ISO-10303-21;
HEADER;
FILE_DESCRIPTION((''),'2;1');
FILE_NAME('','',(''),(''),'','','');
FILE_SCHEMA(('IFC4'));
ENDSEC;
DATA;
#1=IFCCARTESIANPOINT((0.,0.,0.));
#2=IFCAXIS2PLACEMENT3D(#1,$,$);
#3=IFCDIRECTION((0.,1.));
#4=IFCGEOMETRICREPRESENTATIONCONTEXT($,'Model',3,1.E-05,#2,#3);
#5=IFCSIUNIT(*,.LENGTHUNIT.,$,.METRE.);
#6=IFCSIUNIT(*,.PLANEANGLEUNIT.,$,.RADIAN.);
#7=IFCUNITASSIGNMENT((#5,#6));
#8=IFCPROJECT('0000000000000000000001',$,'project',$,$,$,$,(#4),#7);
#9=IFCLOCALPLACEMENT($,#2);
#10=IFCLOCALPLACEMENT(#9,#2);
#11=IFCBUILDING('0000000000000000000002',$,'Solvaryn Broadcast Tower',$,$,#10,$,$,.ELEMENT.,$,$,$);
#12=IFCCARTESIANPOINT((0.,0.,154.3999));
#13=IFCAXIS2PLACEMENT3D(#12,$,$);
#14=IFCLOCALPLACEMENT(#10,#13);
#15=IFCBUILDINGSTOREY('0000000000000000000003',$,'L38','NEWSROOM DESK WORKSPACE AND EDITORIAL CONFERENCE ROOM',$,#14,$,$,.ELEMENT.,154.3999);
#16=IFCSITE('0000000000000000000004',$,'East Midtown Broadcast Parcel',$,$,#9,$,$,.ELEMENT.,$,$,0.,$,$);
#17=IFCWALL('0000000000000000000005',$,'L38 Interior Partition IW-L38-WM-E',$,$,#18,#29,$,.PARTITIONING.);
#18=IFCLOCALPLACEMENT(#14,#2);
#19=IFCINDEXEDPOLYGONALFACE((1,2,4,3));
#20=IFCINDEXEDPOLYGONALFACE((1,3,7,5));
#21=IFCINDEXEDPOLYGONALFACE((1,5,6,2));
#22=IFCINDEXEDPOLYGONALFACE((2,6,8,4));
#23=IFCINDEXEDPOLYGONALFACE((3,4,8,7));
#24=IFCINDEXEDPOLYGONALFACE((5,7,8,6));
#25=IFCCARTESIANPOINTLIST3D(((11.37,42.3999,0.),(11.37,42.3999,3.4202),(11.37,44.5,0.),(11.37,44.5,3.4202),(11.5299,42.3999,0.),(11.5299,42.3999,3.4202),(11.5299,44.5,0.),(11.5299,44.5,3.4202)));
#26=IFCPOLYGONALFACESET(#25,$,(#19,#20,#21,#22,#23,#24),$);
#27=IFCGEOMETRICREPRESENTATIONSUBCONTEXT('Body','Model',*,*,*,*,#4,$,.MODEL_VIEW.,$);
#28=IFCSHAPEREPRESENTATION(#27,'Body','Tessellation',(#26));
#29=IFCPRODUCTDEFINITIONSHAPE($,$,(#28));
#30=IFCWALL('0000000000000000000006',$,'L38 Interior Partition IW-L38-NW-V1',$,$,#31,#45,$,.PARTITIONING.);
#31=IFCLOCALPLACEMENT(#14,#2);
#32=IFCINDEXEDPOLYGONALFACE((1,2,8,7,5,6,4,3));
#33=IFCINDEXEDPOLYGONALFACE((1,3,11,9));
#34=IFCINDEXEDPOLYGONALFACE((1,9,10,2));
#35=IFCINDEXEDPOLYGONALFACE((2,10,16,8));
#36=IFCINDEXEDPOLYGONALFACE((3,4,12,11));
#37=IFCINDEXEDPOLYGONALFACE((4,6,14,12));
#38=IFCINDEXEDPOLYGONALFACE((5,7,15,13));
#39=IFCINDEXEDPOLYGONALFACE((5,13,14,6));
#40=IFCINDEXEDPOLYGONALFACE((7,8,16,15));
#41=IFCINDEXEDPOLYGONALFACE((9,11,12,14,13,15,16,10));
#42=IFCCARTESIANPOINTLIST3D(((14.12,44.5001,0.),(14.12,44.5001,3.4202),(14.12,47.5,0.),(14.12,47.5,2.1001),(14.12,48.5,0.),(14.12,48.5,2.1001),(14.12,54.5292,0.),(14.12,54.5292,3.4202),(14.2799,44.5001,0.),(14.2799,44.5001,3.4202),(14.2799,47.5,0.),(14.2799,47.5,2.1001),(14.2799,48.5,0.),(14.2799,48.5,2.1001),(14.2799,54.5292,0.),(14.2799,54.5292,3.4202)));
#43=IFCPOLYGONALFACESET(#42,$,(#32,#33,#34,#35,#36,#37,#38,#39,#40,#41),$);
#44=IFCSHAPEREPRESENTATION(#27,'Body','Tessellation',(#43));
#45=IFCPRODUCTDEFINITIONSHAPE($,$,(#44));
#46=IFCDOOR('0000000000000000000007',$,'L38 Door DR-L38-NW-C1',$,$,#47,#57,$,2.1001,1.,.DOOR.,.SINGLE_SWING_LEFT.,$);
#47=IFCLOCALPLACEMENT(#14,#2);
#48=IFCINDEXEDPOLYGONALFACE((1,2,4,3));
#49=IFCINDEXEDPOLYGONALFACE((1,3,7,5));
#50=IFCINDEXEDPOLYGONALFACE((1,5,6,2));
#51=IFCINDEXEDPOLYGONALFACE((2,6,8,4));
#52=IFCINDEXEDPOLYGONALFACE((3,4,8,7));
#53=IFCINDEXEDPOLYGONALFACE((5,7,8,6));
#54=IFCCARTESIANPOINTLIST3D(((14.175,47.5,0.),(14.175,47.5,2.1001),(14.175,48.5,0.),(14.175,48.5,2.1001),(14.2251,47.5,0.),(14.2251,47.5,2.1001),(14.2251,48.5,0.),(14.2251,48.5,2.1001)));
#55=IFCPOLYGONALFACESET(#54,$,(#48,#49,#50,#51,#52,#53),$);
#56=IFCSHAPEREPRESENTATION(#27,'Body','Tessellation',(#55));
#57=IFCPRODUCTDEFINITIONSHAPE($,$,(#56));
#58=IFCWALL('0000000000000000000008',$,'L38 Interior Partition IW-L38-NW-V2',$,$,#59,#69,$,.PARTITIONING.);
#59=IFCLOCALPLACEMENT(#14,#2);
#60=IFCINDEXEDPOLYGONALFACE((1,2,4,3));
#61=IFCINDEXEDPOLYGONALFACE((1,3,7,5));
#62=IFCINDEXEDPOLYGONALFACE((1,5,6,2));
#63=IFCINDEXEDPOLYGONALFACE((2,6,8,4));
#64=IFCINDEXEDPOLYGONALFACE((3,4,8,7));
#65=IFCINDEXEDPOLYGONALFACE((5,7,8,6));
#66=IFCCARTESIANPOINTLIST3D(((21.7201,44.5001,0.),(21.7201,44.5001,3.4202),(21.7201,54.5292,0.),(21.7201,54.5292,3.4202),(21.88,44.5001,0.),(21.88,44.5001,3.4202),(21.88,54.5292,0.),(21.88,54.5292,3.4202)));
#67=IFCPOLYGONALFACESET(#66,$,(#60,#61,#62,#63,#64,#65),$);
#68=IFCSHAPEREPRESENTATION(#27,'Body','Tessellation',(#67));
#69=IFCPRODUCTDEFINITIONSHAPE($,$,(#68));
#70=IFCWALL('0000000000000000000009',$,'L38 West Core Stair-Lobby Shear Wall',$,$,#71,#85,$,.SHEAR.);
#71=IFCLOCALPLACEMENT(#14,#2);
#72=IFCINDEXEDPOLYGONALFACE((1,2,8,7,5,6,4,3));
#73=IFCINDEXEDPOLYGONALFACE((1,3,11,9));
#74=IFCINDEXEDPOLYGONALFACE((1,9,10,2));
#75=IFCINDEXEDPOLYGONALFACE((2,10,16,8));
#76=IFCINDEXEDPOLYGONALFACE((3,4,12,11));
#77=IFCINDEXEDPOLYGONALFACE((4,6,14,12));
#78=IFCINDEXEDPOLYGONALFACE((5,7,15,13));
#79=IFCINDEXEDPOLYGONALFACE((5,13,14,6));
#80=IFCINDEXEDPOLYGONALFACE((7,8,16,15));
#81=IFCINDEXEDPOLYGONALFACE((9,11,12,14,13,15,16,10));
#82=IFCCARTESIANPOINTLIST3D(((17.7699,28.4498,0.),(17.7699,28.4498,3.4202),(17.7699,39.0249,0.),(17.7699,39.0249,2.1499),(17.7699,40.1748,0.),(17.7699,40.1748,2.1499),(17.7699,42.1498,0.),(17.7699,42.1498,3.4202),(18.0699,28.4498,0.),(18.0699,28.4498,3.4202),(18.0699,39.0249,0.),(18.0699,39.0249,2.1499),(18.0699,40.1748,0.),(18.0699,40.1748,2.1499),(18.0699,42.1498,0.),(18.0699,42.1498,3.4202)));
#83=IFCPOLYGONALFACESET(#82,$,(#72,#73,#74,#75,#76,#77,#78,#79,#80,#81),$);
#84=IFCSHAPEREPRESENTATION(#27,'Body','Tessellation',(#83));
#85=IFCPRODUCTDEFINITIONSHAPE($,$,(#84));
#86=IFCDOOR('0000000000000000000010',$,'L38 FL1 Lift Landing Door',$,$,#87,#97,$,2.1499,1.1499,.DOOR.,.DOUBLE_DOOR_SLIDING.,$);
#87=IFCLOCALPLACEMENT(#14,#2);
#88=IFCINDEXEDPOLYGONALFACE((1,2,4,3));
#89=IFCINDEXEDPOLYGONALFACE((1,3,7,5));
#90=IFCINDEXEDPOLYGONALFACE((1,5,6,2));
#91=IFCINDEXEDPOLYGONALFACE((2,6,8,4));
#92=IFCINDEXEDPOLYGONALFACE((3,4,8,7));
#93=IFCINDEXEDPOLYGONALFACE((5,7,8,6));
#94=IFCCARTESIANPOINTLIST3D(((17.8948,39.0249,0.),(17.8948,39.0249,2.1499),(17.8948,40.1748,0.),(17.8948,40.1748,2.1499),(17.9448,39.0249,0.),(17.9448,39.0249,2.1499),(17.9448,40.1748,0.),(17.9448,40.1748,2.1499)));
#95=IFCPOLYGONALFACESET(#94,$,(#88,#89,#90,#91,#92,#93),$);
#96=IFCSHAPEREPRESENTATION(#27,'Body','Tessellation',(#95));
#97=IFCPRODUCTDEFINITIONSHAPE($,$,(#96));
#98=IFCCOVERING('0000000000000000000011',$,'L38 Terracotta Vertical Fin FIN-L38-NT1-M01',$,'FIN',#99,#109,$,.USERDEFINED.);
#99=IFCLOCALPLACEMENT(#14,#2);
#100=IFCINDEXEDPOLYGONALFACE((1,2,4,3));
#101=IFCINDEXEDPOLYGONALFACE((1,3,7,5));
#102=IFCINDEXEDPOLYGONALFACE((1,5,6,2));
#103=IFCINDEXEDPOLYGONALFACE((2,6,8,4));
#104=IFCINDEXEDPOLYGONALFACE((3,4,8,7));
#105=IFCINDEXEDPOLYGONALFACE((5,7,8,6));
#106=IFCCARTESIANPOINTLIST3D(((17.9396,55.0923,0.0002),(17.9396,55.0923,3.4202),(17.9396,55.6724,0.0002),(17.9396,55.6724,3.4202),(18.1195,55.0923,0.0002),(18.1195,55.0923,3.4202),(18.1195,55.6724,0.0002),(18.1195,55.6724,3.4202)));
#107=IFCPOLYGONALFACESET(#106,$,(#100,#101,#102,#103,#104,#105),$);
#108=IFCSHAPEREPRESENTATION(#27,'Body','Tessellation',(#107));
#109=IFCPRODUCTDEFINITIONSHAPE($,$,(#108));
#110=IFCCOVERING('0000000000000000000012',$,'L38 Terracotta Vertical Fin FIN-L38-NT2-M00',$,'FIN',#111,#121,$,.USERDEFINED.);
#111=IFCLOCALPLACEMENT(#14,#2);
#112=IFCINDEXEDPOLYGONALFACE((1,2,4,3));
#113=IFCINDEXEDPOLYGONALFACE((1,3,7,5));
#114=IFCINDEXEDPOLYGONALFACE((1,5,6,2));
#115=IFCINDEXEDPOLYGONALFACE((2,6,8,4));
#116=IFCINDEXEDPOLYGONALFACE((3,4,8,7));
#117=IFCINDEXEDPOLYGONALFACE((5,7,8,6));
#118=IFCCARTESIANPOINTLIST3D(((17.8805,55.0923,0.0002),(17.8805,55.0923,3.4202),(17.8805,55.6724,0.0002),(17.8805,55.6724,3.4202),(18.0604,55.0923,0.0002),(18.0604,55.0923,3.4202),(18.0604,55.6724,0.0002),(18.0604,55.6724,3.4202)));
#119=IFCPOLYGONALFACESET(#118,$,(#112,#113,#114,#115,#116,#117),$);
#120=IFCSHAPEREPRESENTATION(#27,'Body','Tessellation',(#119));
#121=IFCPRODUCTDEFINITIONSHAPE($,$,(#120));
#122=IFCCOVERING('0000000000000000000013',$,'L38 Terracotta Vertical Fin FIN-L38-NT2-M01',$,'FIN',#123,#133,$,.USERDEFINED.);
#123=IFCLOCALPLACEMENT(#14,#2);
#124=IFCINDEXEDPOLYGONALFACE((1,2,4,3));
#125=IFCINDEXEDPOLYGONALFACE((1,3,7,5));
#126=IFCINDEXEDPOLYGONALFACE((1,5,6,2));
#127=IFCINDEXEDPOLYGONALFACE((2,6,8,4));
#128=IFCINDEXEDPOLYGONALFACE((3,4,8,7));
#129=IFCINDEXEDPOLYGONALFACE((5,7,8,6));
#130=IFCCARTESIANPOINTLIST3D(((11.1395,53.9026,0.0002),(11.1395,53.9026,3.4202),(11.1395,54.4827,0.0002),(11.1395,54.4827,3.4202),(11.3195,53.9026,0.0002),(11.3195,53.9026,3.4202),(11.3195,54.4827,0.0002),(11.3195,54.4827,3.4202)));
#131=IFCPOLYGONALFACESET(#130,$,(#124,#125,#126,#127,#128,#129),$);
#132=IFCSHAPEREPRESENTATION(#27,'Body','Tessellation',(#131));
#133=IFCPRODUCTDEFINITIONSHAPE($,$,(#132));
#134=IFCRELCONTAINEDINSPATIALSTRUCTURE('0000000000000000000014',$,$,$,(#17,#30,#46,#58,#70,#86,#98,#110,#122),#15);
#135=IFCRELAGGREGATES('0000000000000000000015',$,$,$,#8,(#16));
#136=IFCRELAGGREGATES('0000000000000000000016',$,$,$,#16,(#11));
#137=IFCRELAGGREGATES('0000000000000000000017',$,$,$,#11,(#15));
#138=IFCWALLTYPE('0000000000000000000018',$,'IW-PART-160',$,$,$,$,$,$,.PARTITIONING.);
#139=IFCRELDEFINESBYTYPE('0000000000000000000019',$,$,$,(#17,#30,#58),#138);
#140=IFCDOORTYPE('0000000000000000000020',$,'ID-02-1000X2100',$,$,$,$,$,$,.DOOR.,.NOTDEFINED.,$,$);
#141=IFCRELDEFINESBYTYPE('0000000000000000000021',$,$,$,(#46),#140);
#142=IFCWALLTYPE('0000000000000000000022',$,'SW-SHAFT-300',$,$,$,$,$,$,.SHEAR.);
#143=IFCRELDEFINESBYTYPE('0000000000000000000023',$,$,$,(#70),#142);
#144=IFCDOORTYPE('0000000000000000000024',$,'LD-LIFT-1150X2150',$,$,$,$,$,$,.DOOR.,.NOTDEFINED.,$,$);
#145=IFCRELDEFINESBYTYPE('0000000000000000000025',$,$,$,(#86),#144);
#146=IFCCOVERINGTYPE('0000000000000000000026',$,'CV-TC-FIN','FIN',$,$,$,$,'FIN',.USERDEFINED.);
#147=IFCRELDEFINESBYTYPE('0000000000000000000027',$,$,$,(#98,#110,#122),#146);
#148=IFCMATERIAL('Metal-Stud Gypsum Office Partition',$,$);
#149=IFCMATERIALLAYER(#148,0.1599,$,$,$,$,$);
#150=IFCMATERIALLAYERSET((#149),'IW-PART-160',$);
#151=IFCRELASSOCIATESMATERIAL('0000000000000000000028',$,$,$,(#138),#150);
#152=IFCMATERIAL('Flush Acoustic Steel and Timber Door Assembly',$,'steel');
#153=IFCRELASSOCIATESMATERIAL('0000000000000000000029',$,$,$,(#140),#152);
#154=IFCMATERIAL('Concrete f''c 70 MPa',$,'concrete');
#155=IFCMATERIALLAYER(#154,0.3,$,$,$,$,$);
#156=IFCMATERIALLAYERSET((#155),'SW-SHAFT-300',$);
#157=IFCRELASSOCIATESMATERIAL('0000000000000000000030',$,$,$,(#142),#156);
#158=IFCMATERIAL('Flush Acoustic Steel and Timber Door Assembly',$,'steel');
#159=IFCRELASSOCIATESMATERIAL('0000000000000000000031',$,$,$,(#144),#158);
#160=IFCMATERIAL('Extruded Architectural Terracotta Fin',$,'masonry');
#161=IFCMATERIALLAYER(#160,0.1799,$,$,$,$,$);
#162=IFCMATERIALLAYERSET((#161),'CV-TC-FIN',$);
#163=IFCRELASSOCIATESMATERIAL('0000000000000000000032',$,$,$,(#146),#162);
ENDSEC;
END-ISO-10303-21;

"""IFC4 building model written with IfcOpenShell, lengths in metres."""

from ifc_helpers import new_model, si_unit, direction, frame, frame_2d, origin, origin_2d, place, context, subcontext, project, spatial, rectangle, extrude, material, layer, layer_set, type_object, element, fill, save


model = new_model("IFC4")

# Units and contexts
model_context = context("Model", 3, precision=1e-05, world=origin(), true_north=direction((0.0, 1.0)))
body_context = subcontext(model_context, "Body", "Model", "MODEL_VIEW")
ifc_project = project(units=[si_unit("LENGTHUNIT", "METRE"), si_unit("PLANEANGLEUNIT", "RADIAN")], contexts=[model_context])

# Site, building, storey
site_placement = place(None, origin())
site = spatial("IfcSite", under=ifc_project, at=site_placement, Name="East Midtown Broadcast Parcel", CompositionType="ELEMENT", RefElevation=0.0)
building_placement = place(site_placement, origin())
building = spatial("IfcBuilding", under=site, at=building_placement, Name="Solvaryn Broadcast Tower", CompositionType="ELEMENT")
storey_placement = place(building_placement, frame((0.0, 0.0, 154.3999)))
storey = spatial("IfcBuildingStorey", under=building, at=storey_placement, Name="L38", Description="NEWSROOM DESK WORKSPACE AND EDITORIAL CONFERENCE ROOM", CompositionType="ELEMENT", Elevation=154.3999)

# Wall
ifc_material_1 = material(Name="Metal-Stud Gypsum Office Partition")
ifc_layer_1 = layer(ifc_material_1, 0.1599)
ifc_layer_set_1 = layer_set([ifc_layer_1], Name="IW-PART-160")
wall_type_1 = type_object("IfcWallType", Name="IW-PART-160", PredefinedType="PARTITIONING", material=ifc_layer_set_1)
wall_1_placement = place(storey_placement, frame((11.45, 42.3999, 0.0), z_axis=(0.0, 0.0, 1.0), x_axis=(0.0, 1.0, 0.0)))
element("IfcWall", 1, at=wall_1_placement, inside=storey, type_object=wall_type_1, Name="L38 Interior Partition IW-L38-WM-E", PredefinedType="PARTITIONING", context=body_context, shape_type="SweptSolid", body=[
    extrude(rectangle(XDim=2.1001, YDim=0.1599, at=frame_2d((1.05, 0.0))), origin(), (0.0, 0.0, 1.0), 3.4202),
])

# Wall, opening, door
wall_2_placement = place(storey_placement, frame((14.2, 44.5, 0.0), z_axis=(0.0, 0.0, 1.0), x_axis=(0.0, 1.0, 0.0)))
wall_2 = element("IfcWall", 2, at=wall_2_placement, inside=storey, type_object=wall_type_1, Name="L38 Interior Partition IW-L38-NW-V1", PredefinedType="PARTITIONING", context=body_context, shape_type="SweptSolid", body=[
    extrude(rectangle(XDim=10.0291, YDim=0.1599, at=frame_2d((5.0146, 0.0))), origin(), (0.0, 0.0, 1.0), 3.4202),
])
opening_1_placement = place(wall_2_placement, frame((3.0, 0.0, 0.0)))
opening_1 = element("IfcOpeningElement", 3, at=opening_1_placement, cuts=wall_2, PredefinedType="OPENING", context=body_context, shape_type="SweptSolid", body=[
    extrude(rectangle(XDim=1.0, YDim=2.1001, at=frame_2d((0.5, 1.05))), frame((0.0, 0.0901, 0.0), z_axis=(0.0, -1.0, 0.0), x_axis=(1.0, 0.0, 0.0)), (0.0, 0.0, 1.0), 0.1799),
])
ifc_material_2 = material(Name="Flush Acoustic Steel and Timber Door Assembly", Category="steel")
door_type_1 = type_object("IfcDoorType", Name="ID-02-1000X2100", OperationType="NOTDEFINED", PredefinedType="DOOR", material=ifc_material_2)
door_1_placement = place(opening_1_placement, origin())
door_1 = element("IfcDoor", 4, at=door_1_placement, inside=storey, type_object=door_type_1, Name="L38 Door DR-L38-NW-C1", OperationType="SINGLE_SWING_LEFT", OverallHeight=2.1001, OverallWidth=1.0, PredefinedType="DOOR", context=body_context, shape_type="SweptSolid", body=[
    extrude(rectangle(XDim=1.0, YDim=2.1001, at=frame_2d((0.5, 1.05))), frame((0.0, 0.0249, 0.0), z_axis=(0.0, -1.0, 0.0), x_axis=(1.0, 0.0, 0.0)), (0.0, 0.0, 1.0), 0.05),
])
fill(opening_1, door_1)

# Wall
wall_3_placement = place(storey_placement, frame((21.8, 44.5, 0.0), z_axis=(0.0, 0.0, 1.0), x_axis=(0.0, 1.0, 0.0)))
element("IfcWall", 5, at=wall_3_placement, inside=storey, type_object=wall_type_1, Name="L38 Interior Partition IW-L38-NW-V2", PredefinedType="PARTITIONING", context=body_context, shape_type="SweptSolid", body=[
    extrude(rectangle(XDim=10.0291, YDim=0.1599, at=frame_2d((5.0146, 0.0))), origin(), (0.0, 0.0, 1.0), 3.4202),
])

# Wall, opening, door
ifc_material_3 = material(Name="Concrete f'c 70 MPa", Category="concrete")
ifc_layer_2 = layer(ifc_material_3, 0.3)
ifc_layer_set_2 = layer_set([ifc_layer_2], Name="SW-SHAFT-300")
wall_type_2 = type_object("IfcWallType", Name="SW-SHAFT-300", PredefinedType="SHEAR", material=ifc_layer_set_2)
wall_4_placement = place(storey_placement, frame((17.9199, 42.1499, 0.0), z_axis=(0.0, 0.0, 1.0), x_axis=(0.0, -1.0, 0.0)))
wall_4 = element("IfcWall", 6, at=wall_4_placement, inside=storey, type_object=wall_type_2, Name="L38 West Core Stair-Lobby Shear Wall", PredefinedType="SHEAR", context=body_context, shape_type="SweptSolid", body=[
    extrude(rectangle(XDim=13.7, YDim=0.3, at=frame_2d((6.8501, 0.0))), origin(), (0.0, 0.0, 1.0), 3.4202),
])
opening_2_placement = place(wall_4_placement, frame((1.9751, 0.0, 0.0)))
opening_2 = element("IfcOpeningElement", 7, at=opening_2_placement, cuts=wall_4, PredefinedType="OPENING", context=body_context, shape_type="SweptSolid", body=[
    extrude(rectangle(XDim=1.1499, YDim=2.1499, at=frame_2d((0.575, 1.075))), frame((0.0, 0.1599, 0.0), z_axis=(0.0, -1.0, 0.0), x_axis=(1.0, 0.0, 0.0)), (0.0, 0.0, 1.0), 0.3201),
])
ifc_material_4 = material(Name="Flush Acoustic Steel and Timber Door Assembly", Category="steel")
door_type_2 = type_object("IfcDoorType", Name="LD-LIFT-1150X2150", OperationType="NOTDEFINED", PredefinedType="DOOR", material=ifc_material_4)
door_2_placement = place(opening_2_placement, origin())
door_2 = element("IfcDoor", 8, at=door_2_placement, inside=storey, type_object=door_type_2, Name="L38 FL1 Lift Landing Door", OperationType="DOUBLE_DOOR_SLIDING", OverallHeight=2.1499, OverallWidth=1.1499, PredefinedType="DOOR", context=body_context, shape_type="SweptSolid", body=[
    extrude(rectangle(XDim=1.1499, YDim=2.1499, at=frame_2d((0.575, 1.075))), frame((0.0, 0.0249, 0.0), z_axis=(0.0, -1.0, 0.0), x_axis=(1.0, 0.0, 0.0)), (0.0, 0.0, 1.0), 0.05),
])
fill(opening_2, door_2)

# Coverings
ifc_material_5 = material(Name="Extruded Architectural Terracotta Fin", Category="masonry")
ifc_layer_3 = layer(ifc_material_5, 0.1799)
ifc_layer_set_3 = layer_set([ifc_layer_3], Name="CV-TC-FIN")
covering_type = type_object("IfcCoveringType", Name="CV-TC-FIN", Description="FIN", ElementType="FIN", PredefinedType="USERDEFINED", material=ifc_layer_set_3)
for number, where, z_axis, x_axis, name in (
    (9, (18.0295, 55.3823, 0.0002), (0.0, 0.0, 1.0), (1.0, 0.0, 0.0), "L38 Terracotta Vertical Fin FIN-L38-NT1-M01"),
    (10, (17.9705, 55.3823, 0.0002), (0.0, 0.0, 1.0), (1.0, 0.0, 0.0), "L38 Terracotta Vertical Fin FIN-L38-NT2-M00"),
    (11, (11.2295, 54.1926, 0.0002), (0.0, 0.0, 1.0), (1.0, 0.0, 0.0), "L38 Terracotta Vertical Fin FIN-L38-NT2-M01"),
):
    element("IfcCovering", number, at=place(storey_placement, frame(where, z_axis=z_axis, x_axis=x_axis)), inside=storey, type_object=covering_type, Name=name, ObjectType="FIN", PredefinedType="USERDEFINED", context=body_context, shape_type="SweptSolid", body=[
        extrude(rectangle(XDim=0.1799, YDim=0.5801, at=origin_2d()), origin(), (0.0, 0.0, 1.0), 3.4199),
    ])

save(model, "model.ifc")
